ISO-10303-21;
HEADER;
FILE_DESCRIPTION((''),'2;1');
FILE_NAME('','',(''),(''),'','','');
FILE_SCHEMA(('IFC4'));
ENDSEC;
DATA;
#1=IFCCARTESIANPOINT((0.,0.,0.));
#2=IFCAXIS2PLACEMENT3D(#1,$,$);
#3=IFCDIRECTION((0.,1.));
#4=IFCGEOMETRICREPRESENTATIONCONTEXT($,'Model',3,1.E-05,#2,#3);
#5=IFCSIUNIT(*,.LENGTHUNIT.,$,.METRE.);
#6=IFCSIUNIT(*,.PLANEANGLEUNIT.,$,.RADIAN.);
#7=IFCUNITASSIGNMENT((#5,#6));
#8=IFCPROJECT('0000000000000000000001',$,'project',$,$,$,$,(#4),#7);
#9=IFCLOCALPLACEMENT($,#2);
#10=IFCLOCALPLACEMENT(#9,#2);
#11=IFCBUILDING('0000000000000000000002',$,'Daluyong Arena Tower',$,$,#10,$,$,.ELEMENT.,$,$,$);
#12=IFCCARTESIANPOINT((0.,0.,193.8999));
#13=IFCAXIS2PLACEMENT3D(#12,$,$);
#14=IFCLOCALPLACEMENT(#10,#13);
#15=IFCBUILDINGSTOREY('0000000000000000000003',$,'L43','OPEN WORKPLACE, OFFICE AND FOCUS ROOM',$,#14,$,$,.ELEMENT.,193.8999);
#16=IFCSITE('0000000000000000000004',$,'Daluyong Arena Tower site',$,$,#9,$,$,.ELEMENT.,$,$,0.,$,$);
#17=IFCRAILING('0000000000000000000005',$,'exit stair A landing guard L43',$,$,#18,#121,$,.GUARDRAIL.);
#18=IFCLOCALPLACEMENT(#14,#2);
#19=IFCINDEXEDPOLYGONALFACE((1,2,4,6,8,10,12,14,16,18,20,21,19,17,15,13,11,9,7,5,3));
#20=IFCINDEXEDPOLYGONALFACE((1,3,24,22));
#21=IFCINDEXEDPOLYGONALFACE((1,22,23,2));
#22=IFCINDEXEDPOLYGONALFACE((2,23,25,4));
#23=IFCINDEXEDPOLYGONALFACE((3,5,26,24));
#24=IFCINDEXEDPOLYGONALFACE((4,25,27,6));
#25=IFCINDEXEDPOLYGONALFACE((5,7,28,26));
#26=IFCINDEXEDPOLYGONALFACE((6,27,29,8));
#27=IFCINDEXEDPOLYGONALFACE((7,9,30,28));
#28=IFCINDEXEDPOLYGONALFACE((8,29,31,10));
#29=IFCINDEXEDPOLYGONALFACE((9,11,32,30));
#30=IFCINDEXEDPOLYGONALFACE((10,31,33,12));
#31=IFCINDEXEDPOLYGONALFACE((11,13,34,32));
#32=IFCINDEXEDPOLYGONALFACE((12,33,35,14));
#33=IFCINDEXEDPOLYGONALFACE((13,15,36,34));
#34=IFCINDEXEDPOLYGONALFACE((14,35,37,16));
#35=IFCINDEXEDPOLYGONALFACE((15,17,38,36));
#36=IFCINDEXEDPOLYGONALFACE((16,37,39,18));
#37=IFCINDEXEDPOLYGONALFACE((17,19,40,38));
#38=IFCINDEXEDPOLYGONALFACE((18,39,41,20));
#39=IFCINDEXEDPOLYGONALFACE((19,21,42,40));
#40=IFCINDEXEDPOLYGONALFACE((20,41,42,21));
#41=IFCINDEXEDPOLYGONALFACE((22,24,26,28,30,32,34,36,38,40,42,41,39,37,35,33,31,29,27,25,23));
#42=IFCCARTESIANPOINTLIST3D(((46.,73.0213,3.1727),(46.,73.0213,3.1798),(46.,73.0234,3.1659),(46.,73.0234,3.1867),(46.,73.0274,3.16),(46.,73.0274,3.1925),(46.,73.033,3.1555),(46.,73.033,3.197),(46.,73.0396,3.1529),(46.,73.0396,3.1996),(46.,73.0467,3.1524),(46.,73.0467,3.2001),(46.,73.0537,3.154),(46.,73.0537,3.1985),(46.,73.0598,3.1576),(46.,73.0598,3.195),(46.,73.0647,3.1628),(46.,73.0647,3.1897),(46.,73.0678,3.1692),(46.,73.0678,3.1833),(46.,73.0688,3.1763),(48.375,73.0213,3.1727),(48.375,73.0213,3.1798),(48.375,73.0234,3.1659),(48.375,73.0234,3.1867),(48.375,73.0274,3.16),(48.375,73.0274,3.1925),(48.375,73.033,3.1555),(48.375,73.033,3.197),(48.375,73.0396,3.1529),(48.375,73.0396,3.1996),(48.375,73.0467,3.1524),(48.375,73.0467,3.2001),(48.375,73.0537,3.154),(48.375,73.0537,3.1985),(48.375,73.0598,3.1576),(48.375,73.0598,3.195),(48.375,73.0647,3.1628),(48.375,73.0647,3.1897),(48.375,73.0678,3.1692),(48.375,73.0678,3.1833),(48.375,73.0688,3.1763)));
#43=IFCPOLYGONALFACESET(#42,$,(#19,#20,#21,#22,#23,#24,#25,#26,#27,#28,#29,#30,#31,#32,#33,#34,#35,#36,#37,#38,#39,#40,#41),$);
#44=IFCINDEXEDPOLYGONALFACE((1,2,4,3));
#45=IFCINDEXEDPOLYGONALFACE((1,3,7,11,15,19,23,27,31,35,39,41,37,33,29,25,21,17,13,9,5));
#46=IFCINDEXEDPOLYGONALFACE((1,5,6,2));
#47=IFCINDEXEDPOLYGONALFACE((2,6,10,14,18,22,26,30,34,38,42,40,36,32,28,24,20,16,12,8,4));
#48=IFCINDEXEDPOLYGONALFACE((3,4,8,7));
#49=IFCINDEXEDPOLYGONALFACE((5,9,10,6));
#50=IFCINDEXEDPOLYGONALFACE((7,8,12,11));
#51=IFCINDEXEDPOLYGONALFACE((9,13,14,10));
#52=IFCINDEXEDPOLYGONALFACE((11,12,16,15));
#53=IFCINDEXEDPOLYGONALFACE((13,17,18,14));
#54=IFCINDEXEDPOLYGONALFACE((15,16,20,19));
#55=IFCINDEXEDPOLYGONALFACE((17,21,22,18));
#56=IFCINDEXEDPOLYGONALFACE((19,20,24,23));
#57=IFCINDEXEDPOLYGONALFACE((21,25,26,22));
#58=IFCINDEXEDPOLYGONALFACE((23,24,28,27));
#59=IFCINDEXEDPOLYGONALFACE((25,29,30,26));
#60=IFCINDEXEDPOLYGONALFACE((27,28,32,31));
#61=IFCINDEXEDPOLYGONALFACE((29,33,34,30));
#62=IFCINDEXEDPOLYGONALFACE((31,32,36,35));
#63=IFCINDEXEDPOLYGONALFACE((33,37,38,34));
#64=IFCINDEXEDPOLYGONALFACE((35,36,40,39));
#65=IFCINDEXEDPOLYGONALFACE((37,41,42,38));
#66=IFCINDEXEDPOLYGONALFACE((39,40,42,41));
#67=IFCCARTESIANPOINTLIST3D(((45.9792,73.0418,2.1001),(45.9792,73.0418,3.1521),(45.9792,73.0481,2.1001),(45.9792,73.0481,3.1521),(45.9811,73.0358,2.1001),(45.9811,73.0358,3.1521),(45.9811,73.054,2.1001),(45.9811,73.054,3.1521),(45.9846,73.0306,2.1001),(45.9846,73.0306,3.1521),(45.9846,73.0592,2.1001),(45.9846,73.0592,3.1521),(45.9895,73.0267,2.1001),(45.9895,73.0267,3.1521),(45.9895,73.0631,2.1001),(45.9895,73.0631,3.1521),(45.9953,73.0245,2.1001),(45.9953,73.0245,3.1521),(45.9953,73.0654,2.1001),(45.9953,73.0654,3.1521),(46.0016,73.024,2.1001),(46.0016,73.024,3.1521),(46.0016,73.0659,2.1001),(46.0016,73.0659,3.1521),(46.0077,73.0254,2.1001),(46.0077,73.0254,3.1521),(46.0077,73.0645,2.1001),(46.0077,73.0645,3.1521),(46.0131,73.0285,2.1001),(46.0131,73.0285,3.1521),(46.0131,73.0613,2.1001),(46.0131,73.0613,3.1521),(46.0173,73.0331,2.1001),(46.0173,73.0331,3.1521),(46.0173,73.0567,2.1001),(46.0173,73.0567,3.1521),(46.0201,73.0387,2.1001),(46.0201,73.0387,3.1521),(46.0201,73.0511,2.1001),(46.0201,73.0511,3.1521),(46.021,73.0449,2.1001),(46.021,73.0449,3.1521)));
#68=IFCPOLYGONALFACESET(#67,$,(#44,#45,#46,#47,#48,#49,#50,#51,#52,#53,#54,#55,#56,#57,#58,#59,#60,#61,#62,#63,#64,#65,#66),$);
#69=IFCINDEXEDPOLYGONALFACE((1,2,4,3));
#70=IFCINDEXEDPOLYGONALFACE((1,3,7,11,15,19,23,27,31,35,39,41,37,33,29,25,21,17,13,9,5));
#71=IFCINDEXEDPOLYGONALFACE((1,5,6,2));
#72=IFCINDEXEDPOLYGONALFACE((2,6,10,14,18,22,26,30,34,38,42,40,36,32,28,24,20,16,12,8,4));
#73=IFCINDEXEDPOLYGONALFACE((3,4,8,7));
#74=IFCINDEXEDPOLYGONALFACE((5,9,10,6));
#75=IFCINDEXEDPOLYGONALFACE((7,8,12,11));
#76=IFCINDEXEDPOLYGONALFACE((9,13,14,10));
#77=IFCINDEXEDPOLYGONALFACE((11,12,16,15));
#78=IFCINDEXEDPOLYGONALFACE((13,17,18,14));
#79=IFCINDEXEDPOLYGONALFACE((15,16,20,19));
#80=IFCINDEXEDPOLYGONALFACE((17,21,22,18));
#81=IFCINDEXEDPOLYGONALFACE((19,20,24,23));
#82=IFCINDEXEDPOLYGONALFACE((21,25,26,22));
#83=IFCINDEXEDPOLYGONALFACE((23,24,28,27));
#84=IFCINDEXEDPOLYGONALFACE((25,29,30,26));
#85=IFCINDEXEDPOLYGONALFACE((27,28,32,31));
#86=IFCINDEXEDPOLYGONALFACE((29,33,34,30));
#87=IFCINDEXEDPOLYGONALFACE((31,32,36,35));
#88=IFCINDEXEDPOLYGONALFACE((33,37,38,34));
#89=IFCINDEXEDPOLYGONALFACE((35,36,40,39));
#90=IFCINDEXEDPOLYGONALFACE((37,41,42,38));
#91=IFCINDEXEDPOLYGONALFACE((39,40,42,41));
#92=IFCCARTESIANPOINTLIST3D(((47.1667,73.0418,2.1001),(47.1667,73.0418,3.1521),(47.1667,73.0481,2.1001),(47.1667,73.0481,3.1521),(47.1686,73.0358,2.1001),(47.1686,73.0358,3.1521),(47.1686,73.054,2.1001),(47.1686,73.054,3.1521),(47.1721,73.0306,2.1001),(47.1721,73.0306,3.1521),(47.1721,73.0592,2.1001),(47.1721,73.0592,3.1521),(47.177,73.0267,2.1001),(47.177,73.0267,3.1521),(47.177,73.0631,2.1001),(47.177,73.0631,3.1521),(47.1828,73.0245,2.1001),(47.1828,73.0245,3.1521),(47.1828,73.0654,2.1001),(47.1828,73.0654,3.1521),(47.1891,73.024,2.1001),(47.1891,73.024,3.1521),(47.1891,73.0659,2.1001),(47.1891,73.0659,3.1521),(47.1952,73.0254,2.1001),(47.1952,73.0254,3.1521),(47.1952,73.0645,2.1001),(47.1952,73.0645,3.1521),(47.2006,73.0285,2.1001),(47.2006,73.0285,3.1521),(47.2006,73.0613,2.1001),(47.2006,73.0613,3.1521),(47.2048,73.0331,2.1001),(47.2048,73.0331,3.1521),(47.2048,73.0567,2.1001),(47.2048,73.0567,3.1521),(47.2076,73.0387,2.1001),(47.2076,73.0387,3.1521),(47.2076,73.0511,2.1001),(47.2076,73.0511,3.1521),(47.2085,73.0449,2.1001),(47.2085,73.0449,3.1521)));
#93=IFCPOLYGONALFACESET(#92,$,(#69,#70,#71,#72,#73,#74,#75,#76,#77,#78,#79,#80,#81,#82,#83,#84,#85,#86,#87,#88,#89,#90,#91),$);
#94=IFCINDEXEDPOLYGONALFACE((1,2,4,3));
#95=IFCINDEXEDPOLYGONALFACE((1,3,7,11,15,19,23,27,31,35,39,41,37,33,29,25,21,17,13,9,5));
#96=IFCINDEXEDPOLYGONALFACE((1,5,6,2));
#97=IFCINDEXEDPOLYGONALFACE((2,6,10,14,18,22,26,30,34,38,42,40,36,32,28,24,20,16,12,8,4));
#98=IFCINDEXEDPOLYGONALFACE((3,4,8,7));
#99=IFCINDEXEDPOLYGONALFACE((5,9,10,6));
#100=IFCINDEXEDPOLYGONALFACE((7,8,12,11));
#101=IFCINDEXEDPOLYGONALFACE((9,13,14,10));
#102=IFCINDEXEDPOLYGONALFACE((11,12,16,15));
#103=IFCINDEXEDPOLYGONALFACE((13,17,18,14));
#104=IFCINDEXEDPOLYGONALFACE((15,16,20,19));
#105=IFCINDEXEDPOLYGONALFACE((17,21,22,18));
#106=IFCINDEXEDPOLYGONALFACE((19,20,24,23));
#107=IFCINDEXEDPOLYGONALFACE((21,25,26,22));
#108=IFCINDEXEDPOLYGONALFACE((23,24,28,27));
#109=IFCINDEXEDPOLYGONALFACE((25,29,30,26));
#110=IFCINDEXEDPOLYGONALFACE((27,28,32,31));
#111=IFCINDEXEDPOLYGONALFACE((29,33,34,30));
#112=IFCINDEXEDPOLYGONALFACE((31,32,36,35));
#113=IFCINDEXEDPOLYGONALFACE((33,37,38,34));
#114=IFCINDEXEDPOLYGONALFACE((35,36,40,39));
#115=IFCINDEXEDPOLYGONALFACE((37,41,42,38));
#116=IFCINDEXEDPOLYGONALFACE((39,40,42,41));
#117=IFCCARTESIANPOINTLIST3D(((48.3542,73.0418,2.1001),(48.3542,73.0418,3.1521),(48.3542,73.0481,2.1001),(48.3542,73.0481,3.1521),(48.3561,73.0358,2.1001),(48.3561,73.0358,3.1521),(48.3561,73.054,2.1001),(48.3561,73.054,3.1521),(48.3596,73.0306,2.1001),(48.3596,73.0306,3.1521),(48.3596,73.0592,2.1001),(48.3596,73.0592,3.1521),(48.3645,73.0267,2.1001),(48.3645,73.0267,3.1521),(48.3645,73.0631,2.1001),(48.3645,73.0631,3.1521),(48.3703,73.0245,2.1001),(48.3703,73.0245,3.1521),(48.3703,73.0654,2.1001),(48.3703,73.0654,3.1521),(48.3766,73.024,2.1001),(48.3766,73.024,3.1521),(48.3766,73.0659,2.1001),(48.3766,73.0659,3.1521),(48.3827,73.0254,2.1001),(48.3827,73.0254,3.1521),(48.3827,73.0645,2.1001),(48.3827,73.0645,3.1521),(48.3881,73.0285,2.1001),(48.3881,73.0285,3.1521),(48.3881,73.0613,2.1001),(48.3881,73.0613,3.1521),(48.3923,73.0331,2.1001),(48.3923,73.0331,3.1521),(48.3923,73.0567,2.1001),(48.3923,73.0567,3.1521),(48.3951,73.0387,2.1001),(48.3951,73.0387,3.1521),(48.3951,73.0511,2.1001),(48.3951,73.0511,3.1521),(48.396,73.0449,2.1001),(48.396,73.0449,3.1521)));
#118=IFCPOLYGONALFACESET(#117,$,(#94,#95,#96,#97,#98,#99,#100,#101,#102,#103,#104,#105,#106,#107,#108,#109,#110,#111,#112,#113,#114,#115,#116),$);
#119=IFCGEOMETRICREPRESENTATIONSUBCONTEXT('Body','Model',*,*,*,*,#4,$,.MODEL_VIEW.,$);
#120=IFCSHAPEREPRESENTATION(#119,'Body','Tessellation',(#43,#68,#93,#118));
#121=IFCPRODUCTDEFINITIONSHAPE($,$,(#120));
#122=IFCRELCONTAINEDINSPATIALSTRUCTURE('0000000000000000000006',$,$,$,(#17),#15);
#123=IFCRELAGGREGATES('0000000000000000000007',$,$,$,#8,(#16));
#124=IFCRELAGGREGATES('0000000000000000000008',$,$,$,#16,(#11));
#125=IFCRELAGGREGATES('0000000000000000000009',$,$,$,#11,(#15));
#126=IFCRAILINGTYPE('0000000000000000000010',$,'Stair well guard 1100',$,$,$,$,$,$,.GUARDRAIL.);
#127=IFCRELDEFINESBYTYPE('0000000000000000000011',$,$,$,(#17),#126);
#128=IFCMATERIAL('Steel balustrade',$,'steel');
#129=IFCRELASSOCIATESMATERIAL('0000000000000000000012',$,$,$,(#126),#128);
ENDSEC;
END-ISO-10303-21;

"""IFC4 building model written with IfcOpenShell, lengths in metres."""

from ifc_helpers import new_model, si_unit, direction, frame, origin, origin_2d, place, context, subcontext, project, spatial, circle, extrude, material, type_object, element, save


model = new_model("IFC4")

# Units and contexts
model_context = context("Model", 3, precision=1e-05, world=origin(), true_north=direction((0.0, 1.0)))
body_context = subcontext(model_context, "Body", "Model", "MODEL_VIEW")
ifc_project = project(units=[si_unit("LENGTHUNIT", "METRE"), si_unit("PLANEANGLEUNIT", "RADIAN")], contexts=[model_context])

# Site, building, storey
site_placement = place(None, origin())
site = spatial("IfcSite", under=ifc_project, at=site_placement, Name="Daluyong Arena Tower site", CompositionType="ELEMENT", RefElevation=0.0)
building_placement = place(site_placement, origin())
building = spatial("IfcBuilding", under=site, at=building_placement, Name="Daluyong Arena Tower", CompositionType="ELEMENT")
storey_placement = place(building_placement, frame((0.0, 0.0, 193.8999)))
storey = spatial("IfcBuildingStorey", under=building, at=storey_placement, Name="L43", Description="OPEN WORKPLACE, OFFICE AND FOCUS ROOM", CompositionType="ELEMENT", Elevation=193.8999)

# Railing
ifc_material_1 = material(Name="Steel balustrade", Category="steel")
railing_type_1 = type_object("IfcRailingType", Name="Stair well guard 1100", PredefinedType="GUARDRAIL", material=ifc_material_1)
railing_1_placement = place(storey_placement, frame((46.0, 73.0449, 2.1001)))
element("IfcRailing", 1, at=railing_1_placement, inside=storey, type_object=railing_type_1, Name="exit stair A landing guard L43", PredefinedType="GUARDRAIL", context=body_context, shape_type="SweptSolid", body=[
    extrude(circle(Radius=0.0239, at=origin_2d()), frame((0.0, 0.0, 1.0762), z_axis=(1.0, 0.0, 0.0), x_axis=(0.0, 1.0, 0.0)), (0.0, 0.0, 1.0), 2.375),
    extrude(circle(Radius=0.021, at=origin_2d()), origin(), (0.0, 0.0, 1.0), 1.052),
    extrude(circle(Radius=0.021, at=origin_2d()), frame((1.1875, 0.0, 0.0)), (0.0, 0.0, 1.0), 1.052),
    extrude(circle(Radius=0.021, at=origin_2d()), frame((2.375, 0.0, 0.0)), (0.0, 0.0, 1.0), 1.052),
])

save(model, "model.ifc")
